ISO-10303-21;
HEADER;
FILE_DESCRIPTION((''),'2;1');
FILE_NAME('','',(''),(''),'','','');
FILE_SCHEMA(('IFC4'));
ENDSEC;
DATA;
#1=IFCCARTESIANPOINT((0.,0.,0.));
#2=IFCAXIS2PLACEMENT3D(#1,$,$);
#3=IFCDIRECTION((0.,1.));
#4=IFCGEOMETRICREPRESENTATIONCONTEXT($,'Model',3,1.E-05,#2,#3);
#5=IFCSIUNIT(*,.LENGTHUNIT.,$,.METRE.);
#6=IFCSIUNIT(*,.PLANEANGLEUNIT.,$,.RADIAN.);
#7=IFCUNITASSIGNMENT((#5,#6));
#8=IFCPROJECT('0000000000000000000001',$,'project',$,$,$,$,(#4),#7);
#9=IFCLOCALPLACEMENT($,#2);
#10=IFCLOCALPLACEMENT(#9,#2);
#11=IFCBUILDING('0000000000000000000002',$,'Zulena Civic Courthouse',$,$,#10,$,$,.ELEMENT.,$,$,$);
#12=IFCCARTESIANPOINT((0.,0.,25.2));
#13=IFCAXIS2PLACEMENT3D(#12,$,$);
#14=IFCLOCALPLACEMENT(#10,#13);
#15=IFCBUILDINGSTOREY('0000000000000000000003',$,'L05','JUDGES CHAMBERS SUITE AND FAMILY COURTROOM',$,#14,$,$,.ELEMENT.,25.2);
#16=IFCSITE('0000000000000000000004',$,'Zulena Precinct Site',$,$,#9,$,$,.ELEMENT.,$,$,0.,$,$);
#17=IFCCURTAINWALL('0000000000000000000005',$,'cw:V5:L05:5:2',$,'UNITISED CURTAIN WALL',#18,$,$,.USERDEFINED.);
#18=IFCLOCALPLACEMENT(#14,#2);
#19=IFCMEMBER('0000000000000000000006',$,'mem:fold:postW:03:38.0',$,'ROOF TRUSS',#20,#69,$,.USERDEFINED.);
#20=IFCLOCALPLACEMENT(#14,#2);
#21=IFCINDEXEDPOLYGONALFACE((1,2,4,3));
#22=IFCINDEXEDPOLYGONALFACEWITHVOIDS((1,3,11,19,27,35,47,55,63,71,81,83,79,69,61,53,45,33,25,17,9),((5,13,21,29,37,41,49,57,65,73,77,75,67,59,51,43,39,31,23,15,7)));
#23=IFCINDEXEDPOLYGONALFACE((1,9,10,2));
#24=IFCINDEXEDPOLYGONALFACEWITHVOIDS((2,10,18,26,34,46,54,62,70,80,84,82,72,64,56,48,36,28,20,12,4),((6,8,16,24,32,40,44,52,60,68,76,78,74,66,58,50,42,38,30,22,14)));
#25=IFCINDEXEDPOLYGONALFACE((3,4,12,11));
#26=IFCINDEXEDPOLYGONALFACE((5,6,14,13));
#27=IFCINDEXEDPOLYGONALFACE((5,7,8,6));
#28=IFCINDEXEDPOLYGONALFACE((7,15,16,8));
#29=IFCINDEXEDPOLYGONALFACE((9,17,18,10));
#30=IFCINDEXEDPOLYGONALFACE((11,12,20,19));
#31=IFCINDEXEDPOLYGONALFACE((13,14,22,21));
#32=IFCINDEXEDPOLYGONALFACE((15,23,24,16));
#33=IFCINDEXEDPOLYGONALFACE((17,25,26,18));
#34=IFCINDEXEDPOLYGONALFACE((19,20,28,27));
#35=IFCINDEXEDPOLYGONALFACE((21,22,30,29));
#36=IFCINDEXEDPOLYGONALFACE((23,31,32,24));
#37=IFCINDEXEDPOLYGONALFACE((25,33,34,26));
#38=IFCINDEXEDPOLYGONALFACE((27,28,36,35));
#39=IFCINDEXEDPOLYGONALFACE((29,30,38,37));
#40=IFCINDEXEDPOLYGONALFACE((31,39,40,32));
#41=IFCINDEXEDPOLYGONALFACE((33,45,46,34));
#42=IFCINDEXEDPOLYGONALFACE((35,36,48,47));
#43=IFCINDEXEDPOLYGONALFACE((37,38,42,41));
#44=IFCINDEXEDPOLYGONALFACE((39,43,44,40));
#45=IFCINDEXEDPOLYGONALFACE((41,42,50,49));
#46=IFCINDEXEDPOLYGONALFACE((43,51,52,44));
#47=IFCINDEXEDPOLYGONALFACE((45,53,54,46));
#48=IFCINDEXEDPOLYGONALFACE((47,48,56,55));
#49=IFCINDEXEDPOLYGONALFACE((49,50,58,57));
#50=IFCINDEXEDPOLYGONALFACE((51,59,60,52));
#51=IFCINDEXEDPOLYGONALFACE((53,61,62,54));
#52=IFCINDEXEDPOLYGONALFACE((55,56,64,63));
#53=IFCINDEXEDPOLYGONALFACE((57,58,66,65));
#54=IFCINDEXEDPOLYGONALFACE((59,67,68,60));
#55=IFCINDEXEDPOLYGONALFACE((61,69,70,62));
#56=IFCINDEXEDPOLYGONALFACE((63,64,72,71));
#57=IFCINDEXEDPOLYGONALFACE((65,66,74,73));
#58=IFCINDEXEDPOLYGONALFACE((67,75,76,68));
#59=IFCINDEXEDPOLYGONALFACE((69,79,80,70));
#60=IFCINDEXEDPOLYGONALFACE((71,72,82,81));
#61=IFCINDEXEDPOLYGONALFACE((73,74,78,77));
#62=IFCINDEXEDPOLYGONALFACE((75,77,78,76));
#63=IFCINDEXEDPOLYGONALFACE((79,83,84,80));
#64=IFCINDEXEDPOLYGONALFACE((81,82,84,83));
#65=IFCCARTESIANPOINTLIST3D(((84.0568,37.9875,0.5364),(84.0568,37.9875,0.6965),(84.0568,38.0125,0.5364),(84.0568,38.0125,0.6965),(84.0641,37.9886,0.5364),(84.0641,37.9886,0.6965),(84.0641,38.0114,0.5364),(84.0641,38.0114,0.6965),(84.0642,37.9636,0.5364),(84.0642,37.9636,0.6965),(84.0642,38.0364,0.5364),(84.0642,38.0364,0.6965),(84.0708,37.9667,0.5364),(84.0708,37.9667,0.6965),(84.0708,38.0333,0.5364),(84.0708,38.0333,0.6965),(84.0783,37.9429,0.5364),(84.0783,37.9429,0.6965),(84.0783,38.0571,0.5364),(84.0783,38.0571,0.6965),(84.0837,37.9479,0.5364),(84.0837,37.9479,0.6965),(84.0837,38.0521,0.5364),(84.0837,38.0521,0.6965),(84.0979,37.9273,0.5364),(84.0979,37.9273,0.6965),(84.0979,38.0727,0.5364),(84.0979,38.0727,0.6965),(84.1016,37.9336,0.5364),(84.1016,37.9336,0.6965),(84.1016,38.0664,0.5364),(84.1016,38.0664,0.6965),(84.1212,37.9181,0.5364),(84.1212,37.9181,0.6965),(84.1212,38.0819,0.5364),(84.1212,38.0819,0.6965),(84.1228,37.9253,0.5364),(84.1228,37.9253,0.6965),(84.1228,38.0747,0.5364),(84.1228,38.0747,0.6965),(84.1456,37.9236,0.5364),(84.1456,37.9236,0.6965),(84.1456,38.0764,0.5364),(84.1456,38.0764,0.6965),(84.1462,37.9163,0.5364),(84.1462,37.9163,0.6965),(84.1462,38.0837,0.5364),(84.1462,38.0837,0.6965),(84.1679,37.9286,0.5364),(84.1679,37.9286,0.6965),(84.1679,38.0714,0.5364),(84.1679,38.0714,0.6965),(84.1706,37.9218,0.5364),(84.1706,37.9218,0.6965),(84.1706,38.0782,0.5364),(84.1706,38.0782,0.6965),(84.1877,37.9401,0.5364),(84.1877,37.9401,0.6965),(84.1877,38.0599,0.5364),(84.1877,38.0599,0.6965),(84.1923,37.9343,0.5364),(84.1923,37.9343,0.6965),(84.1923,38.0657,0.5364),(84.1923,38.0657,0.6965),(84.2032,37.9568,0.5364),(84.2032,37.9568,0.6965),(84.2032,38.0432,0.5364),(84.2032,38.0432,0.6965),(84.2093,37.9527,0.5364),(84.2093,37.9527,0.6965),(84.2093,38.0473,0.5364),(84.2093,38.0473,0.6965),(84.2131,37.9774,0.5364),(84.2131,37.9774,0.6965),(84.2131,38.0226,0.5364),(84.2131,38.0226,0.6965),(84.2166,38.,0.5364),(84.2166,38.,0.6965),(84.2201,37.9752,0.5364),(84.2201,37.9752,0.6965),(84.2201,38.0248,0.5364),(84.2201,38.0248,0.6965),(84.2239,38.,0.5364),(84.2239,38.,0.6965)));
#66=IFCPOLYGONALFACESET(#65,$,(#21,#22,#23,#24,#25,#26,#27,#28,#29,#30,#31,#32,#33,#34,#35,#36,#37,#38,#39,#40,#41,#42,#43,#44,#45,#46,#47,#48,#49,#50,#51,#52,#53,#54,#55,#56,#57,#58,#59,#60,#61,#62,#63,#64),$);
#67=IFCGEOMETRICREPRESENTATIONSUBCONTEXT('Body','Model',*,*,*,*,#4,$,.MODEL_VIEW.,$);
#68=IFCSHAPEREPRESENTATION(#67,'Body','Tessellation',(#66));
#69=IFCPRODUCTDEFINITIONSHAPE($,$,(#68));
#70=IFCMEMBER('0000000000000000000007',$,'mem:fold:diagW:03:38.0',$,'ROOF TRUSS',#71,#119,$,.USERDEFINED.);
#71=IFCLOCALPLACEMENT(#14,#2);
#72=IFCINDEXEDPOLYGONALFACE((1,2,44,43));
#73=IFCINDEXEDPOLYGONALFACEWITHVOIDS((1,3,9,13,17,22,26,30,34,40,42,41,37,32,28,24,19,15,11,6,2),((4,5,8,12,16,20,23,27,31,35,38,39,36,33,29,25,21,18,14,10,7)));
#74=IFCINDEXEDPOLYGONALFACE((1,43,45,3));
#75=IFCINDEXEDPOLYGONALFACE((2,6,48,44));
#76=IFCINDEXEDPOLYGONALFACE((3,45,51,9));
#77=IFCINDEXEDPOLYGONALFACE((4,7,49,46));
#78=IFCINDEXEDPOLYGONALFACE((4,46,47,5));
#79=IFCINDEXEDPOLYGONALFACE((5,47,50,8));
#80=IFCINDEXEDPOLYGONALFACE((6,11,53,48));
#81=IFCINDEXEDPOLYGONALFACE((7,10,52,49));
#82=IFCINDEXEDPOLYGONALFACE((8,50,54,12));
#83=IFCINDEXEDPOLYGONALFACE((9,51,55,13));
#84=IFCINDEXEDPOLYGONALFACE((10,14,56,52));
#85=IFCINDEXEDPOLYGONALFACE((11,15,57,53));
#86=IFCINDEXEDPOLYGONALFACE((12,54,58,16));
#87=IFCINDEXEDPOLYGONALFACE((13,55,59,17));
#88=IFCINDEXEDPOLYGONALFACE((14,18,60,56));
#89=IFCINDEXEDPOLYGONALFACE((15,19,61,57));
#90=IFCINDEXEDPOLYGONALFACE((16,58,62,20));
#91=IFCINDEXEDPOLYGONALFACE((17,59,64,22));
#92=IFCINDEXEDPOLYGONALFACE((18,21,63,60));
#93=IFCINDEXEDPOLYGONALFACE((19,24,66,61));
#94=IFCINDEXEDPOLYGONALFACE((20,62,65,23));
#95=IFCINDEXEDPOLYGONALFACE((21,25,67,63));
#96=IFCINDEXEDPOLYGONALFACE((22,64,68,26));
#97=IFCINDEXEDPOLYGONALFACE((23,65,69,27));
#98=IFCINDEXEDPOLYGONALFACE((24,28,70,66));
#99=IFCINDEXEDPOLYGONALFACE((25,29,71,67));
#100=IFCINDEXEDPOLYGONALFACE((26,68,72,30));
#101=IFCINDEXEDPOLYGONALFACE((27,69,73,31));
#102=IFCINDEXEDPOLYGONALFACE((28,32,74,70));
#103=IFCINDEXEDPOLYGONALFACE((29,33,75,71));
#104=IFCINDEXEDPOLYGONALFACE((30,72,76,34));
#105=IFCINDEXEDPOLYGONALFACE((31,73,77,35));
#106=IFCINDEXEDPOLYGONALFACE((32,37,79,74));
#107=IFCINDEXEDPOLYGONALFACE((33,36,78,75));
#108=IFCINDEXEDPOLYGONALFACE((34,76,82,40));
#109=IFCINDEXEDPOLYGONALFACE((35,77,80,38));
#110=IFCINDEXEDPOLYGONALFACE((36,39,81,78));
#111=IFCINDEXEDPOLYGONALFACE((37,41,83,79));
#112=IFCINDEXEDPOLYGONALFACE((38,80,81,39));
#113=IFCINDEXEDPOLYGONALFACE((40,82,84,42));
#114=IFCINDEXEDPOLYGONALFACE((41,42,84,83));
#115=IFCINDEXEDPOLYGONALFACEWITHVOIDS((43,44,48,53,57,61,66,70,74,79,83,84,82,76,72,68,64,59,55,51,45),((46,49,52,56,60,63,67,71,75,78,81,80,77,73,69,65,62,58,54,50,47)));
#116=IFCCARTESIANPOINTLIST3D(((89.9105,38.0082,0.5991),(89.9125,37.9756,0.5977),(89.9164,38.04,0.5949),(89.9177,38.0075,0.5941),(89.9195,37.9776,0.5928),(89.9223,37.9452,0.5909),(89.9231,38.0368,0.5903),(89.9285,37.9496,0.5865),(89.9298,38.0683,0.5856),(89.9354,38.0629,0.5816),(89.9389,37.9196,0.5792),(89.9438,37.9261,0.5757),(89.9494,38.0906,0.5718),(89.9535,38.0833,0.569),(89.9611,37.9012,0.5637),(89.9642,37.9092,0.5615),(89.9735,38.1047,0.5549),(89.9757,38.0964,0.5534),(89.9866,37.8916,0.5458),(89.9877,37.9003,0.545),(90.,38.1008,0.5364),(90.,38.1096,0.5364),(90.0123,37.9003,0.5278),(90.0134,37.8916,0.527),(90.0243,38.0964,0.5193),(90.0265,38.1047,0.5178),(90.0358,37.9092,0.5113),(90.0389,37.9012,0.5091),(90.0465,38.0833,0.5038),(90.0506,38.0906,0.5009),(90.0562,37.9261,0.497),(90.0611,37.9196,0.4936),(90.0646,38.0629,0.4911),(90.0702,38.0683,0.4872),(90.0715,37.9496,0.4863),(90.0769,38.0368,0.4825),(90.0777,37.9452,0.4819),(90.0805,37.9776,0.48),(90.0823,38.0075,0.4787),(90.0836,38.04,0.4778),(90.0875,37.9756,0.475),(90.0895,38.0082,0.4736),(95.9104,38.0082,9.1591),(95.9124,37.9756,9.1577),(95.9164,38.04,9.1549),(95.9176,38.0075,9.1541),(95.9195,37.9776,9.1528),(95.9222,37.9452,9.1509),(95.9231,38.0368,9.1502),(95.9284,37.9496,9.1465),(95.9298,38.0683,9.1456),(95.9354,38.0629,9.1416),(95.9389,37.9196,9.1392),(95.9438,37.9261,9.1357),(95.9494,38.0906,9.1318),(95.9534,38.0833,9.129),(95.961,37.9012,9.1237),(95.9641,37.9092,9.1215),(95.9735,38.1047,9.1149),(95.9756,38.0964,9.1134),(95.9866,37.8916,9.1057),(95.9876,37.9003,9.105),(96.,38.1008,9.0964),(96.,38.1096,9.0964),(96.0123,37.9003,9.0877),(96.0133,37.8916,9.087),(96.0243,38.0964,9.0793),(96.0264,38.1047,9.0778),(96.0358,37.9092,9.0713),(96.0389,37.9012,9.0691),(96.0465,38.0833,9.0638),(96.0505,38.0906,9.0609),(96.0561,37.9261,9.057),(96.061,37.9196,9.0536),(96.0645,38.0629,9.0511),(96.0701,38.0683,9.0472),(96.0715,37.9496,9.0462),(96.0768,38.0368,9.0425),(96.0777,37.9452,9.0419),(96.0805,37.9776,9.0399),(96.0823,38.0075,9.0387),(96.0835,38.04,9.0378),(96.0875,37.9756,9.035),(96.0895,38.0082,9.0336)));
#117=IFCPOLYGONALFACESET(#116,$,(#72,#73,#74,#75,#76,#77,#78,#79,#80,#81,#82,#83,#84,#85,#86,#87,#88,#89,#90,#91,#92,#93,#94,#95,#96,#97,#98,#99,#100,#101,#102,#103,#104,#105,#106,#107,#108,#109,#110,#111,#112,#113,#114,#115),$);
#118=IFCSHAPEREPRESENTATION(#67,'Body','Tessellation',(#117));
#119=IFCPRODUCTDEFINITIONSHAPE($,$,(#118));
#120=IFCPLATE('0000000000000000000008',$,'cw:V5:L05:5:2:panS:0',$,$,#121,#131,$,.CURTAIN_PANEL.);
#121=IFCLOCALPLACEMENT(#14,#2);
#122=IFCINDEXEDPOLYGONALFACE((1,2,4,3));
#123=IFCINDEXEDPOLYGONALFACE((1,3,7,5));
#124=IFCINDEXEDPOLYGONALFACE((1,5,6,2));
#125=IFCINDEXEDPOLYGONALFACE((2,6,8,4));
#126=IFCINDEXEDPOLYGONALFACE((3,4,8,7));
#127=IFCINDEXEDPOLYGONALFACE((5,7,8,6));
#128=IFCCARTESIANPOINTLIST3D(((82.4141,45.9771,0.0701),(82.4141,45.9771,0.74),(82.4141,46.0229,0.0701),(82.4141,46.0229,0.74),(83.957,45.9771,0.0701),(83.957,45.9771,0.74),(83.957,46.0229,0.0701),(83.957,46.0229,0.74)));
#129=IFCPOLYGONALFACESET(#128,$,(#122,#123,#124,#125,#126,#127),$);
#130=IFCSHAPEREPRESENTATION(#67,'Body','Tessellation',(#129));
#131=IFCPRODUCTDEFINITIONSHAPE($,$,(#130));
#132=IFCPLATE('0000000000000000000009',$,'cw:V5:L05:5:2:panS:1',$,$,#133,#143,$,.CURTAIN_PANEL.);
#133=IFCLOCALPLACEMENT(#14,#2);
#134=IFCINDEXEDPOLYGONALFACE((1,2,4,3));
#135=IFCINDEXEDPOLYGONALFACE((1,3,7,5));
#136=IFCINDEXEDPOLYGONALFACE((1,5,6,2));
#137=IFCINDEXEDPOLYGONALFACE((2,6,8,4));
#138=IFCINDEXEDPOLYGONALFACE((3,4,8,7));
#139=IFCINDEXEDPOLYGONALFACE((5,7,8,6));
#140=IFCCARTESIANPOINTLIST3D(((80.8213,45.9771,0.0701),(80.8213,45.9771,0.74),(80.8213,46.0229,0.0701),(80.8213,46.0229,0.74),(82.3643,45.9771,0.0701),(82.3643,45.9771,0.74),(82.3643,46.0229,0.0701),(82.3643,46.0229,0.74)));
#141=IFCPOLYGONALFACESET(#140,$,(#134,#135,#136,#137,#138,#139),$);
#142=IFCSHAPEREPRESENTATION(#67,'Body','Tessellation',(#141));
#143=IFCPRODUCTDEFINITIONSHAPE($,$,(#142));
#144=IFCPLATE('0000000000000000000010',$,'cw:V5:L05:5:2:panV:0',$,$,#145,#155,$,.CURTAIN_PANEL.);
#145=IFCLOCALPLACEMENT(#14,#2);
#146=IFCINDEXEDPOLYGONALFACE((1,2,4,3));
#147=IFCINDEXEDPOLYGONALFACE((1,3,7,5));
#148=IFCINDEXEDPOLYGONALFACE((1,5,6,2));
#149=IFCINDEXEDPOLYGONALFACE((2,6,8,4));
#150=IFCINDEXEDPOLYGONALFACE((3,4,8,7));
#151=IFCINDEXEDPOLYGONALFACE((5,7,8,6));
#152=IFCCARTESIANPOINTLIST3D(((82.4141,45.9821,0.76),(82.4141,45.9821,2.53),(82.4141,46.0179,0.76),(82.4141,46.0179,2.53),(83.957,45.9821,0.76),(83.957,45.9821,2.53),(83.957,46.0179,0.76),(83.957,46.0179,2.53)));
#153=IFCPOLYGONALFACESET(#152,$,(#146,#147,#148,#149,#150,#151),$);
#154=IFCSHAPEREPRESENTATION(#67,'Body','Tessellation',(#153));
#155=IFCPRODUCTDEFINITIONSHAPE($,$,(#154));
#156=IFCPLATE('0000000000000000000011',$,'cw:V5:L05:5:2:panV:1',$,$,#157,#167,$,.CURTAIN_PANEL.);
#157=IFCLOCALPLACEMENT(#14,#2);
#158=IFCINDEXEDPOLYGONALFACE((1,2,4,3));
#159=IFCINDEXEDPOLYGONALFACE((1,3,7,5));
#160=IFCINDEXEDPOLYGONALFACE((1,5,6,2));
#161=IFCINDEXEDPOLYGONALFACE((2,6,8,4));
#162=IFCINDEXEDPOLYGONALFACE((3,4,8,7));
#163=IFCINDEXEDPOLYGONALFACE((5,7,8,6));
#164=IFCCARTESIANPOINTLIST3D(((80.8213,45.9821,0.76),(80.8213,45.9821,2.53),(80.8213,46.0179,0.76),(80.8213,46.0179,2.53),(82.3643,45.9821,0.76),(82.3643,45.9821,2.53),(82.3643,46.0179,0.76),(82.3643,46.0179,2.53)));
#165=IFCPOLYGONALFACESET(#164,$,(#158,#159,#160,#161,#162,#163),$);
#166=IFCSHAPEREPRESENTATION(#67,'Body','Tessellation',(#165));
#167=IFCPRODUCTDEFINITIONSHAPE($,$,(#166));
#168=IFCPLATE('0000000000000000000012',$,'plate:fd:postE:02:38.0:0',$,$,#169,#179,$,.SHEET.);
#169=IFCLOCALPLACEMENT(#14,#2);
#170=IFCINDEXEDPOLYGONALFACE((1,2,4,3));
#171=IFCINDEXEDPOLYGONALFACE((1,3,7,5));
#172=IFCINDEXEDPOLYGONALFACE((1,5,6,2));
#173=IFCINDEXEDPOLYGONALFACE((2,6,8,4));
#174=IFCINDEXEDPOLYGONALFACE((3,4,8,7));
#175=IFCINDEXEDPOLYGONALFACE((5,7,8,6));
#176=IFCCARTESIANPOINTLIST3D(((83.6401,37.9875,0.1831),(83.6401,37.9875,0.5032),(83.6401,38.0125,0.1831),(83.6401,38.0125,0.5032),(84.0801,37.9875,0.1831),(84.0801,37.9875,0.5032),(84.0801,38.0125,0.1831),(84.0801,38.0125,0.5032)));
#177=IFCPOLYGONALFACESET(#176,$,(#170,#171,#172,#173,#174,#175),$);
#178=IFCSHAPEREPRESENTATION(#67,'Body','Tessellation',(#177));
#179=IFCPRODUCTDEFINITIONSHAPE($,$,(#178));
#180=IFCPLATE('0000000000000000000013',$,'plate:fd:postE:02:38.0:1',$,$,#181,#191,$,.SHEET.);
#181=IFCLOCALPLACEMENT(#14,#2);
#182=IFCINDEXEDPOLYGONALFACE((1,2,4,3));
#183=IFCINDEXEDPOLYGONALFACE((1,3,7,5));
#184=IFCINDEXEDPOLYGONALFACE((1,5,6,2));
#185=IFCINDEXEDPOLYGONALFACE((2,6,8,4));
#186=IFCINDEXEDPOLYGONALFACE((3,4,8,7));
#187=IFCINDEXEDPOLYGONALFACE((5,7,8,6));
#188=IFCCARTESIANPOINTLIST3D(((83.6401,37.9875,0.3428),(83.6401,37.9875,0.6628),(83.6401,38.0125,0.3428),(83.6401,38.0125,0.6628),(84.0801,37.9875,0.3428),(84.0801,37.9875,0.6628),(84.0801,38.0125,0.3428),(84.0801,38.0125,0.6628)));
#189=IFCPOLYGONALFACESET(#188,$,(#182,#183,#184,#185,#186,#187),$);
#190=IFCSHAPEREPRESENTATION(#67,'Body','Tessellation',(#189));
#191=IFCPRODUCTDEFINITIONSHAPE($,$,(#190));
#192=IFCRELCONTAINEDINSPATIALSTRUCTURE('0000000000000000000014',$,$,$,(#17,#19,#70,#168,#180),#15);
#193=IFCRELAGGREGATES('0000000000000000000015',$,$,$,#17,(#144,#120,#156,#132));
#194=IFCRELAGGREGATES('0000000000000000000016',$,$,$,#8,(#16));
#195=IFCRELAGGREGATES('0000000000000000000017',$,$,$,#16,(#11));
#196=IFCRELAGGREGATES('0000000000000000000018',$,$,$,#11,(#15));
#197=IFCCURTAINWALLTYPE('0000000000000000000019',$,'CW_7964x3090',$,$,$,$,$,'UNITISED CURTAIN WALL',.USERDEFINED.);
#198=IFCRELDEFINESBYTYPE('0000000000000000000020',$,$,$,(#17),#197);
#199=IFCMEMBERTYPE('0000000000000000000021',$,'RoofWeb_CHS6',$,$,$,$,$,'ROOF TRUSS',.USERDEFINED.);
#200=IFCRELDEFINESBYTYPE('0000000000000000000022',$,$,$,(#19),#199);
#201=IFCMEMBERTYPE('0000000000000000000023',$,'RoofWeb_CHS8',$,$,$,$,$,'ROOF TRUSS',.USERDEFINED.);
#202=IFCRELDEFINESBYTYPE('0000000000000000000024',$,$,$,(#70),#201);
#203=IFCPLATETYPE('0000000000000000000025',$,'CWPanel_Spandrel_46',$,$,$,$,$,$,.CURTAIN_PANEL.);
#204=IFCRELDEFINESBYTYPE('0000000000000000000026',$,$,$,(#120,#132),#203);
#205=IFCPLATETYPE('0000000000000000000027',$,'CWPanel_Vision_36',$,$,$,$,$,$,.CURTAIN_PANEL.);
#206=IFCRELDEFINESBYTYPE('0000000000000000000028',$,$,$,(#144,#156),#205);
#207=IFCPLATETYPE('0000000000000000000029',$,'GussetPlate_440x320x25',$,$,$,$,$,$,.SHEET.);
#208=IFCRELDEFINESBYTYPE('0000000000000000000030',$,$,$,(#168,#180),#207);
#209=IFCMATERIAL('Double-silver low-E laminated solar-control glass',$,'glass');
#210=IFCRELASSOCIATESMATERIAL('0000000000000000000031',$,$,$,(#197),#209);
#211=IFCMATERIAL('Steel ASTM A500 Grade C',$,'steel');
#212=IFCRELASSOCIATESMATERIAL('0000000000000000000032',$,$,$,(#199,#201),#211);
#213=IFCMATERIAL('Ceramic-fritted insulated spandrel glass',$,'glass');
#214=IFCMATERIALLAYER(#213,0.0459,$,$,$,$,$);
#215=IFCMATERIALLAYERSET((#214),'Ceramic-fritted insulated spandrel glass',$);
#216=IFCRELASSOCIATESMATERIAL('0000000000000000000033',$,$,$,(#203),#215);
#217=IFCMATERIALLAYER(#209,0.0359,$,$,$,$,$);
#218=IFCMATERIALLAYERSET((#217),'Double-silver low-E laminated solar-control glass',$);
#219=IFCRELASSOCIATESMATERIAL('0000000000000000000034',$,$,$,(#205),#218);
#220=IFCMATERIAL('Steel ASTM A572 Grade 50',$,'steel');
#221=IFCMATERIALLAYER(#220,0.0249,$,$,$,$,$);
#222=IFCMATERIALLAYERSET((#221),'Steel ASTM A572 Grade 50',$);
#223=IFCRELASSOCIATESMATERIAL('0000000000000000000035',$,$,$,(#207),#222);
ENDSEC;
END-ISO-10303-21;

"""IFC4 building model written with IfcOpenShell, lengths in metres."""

from ifc_helpers import new_model, si_unit, direction, frame, origin, origin_2d, place, context, subcontext, project, spatial, rectangle, hollow_circle, extrude, material, layer, layer_set, material_profile, profile_set, type_object, element, aggregate, save


model = new_model("IFC4")

# Units and contexts
model_context = context("Model", 3, precision=1e-05, world=origin(), true_north=direction((0.0, 1.0)))
body_context = subcontext(model_context, "Body", "Model", "MODEL_VIEW")
ifc_project = project(units=[si_unit("LENGTHUNIT", "METRE"), si_unit("PLANEANGLEUNIT", "RADIAN")], contexts=[model_context])

# Site, building, storey
site_placement = place(None, origin())
site = spatial("IfcSite", under=ifc_project, at=site_placement, Name="Zulena Precinct Site", CompositionType="ELEMENT", RefElevation=0.0)
building_placement = place(site_placement, origin())
building = spatial("IfcBuilding", under=site, at=building_placement, Name="Zulena Civic Courthouse", CompositionType="ELEMENT")
storey_placement = place(building_placement, frame((0.0, 0.0, 25.2)))
storey = spatial("IfcBuildingStorey", under=building, at=storey_placement, Name="L05", Description="JUDGES CHAMBERS SUITE AND FAMILY COURTROOM", CompositionType="ELEMENT", Elevation=25.2)

# Curtain wall
ifc_material_1 = material(Name="Double-silver low-E laminated solar-control glass", Category="glass")
curtain_wall_type = type_object("IfcCurtainWallType", Name="CW_7964x3090", ElementType="UNITISED CURTAIN WALL", PredefinedType="USERDEFINED", material=ifc_material_1)
curtain_wall_placement = place(storey_placement, origin())
curtain_wall = element("IfcCurtainWall", 1, at=curtain_wall_placement, inside=storey, type_object=curtain_wall_type, Name="cw:V5:L05:5:2", ObjectType="UNITISED CURTAIN WALL", PredefinedType="USERDEFINED")

# Members
ifc_material_2 = material(Name="Steel ASTM A500 Grade C", Category="steel")
ifc_material_profile_1 = material_profile(ifc_material_2, hollow_circle(Radius=0.084, WallThickness=0.0073, at=origin_2d()), Name="HSS6.625X0.312")
ifc_profile_set_1 = profile_set([ifc_material_profile_1], Name="Steel ASTM A500 Grade C")
member_type_1 = type_object("IfcMemberType", Name="RoofWeb_CHS6", ElementType="ROOF TRUSS", PredefinedType="USERDEFINED", material=ifc_profile_set_1)
member_1_placement = place(storey_placement, frame((84.1399, 38.0, 0.5364), z_axis=(0.0, 0.0, 1.0), x_axis=(1.0, 0.0, 0.0)))
element("IfcMember", 2, at=member_1_placement, inside=storey, type_object=member_type_1, Name="mem:fold:postW:03:38.0", ObjectType="ROOF TRUSS", PredefinedType="USERDEFINED", context=body_context, shape_type="SweptSolid", body=[
    extrude(hollow_circle(Radius=0.084, WallThickness=0.0073, at=origin_2d()), origin(), (0.0, 0.0, 1.0), 0.1602),
])
ifc_material_profile_2 = material_profile(ifc_material_2, hollow_circle(Radius=0.1096, WallThickness=0.0088, at=origin_2d()), Name="HSS8.625X0.375")
ifc_profile_set_2 = profile_set([ifc_material_profile_2], Name="Steel ASTM A500 Grade C")
member_type_2 = type_object("IfcMemberType", Name="RoofWeb_CHS8", ElementType="ROOF TRUSS", PredefinedType="USERDEFINED", material=ifc_profile_set_2)
member_2_placement = place(storey_placement, frame((90.0, 38.0, 0.5364), z_axis=(0.573973, 0.0, 0.818874), x_axis=(0.0, 1.0, 0.0)))
element("IfcMember", 3, at=member_2_placement, inside=storey, type_object=member_type_2, Name="mem:fold:diagW:03:38.0", ObjectType="ROOF TRUSS", PredefinedType="USERDEFINED", context=body_context, shape_type="SweptSolid", body=[
    extrude(hollow_circle(Radius=0.1096, WallThickness=0.0088, at=origin_2d()), origin(), (0.0, 0.0, 1.0), 10.4534),
])

# Plates
ifc_material_3 = material(Name="Ceramic-fritted insulated spandrel glass", Category="glass")
ifc_layer_1 = layer(ifc_material_3, 0.0459)
ifc_layer_set_1 = layer_set([ifc_layer_1], Name="Ceramic-fritted insulated spandrel glass")
plate_type_1 = type_object("IfcPlateType", Name="CWPanel_Spandrel_46", PredefinedType="CURTAIN_PANEL", material=ifc_layer_set_1)
plate_1_placement = place(storey_placement, frame((83.1855, 46.0, 0.0701), z_axis=(0.0, 0.0, 1.0), x_axis=(-1.0, 0.0, 0.0)))
plate_1 = element("IfcPlate", 4, at=plate_1_placement, type_object=plate_type_1, Name="cw:V5:L05:5:2:panS:0", PredefinedType="CURTAIN_PANEL", context=body_context, shape_type="SweptSolid", body=[
    extrude(rectangle(XDim=1.543, YDim=0.0459, at=origin_2d()), origin(), (0.0, 0.0, 1.0), 0.6699),
])
plate_2_placement = place(storey_placement, frame((81.5928, 46.0, 0.0701), z_axis=(0.0, 0.0, 1.0), x_axis=(-1.0, 0.0, 0.0)))
plate_2 = element("IfcPlate", 5, at=plate_2_placement, type_object=plate_type_1, Name="cw:V5:L05:5:2:panS:1", PredefinedType="CURTAIN_PANEL", context=body_context, shape_type="SweptSolid", body=[
    extrude(rectangle(XDim=1.543, YDim=0.0459, at=origin_2d()), origin(), (0.0, 0.0, 1.0), 0.6699),
])
ifc_layer_2 = layer(ifc_material_1, 0.0359)
ifc_layer_set_2 = layer_set([ifc_layer_2], Name="Double-silver low-E laminated solar-control glass")
plate_type_2 = type_object("IfcPlateType", Name="CWPanel_Vision_36", PredefinedType="CURTAIN_PANEL", material=ifc_layer_set_2)
plate_3_placement = place(storey_placement, frame((83.1855, 46.0, 0.76), z_axis=(0.0, 0.0, 1.0), x_axis=(-1.0, 0.0, 0.0)))
plate_3 = element("IfcPlate", 6, at=plate_3_placement, type_object=plate_type_2, Name="cw:V5:L05:5:2:panV:0", PredefinedType="CURTAIN_PANEL", context=body_context, shape_type="SweptSolid", body=[
    extrude(rectangle(XDim=1.543, YDim=0.0359, at=origin_2d()), origin(), (0.0, 0.0, 1.0), 1.77),
])
plate_4_placement = place(storey_placement, frame((81.5928, 46.0, 0.76), z_axis=(0.0, 0.0, 1.0), x_axis=(-1.0, 0.0, 0.0)))
plate_4 = element("IfcPlate", 7, at=plate_4_placement, type_object=plate_type_2, Name="cw:V5:L05:5:2:panV:1", PredefinedType="CURTAIN_PANEL", context=body_context, shape_type="SweptSolid", body=[
    extrude(rectangle(XDim=1.543, YDim=0.0359, at=origin_2d()), origin(), (0.0, 0.0, 1.0), 1.77),
])
aggregate(curtain_wall, [plate_3, plate_1, plate_4, plate_2])

# Plates
ifc_material_4 = material(Name="Steel ASTM A572 Grade 50", Category="steel")
ifc_layer_3 = layer(ifc_material_4, 0.0249)
ifc_layer_set_3 = layer_set([ifc_layer_3], Name="Steel ASTM A572 Grade 50")
plate_type_3 = type_object("IfcPlateType", Name="GussetPlate_440x320x25", PredefinedType="SHEET", material=ifc_layer_set_3)
for number, where, z_axis, x_axis, name in (
    (8, (83.8601, 38.0, 0.1831), (0.0, 0.0, 1.0), (1.0, 0.0, 0.0), "plate:fd:postE:02:38.0:0"),
    (9, (83.8601, 38.0, 0.3428), (0.0, 0.0, 1.0), (1.0, 0.0, 0.0), "plate:fd:postE:02:38.0:1"),
):
    element("IfcPlate", number, at=place(storey_placement, frame(where, z_axis=z_axis, x_axis=x_axis)), inside=storey, type_object=plate_type_3, Name=name, PredefinedType="SHEET", context=body_context, shape_type="SweptSolid", body=[
        extrude(rectangle(XDim=0.4399, YDim=0.0249, at=origin_2d()), origin(), (0.0, 0.0, 1.0), 0.3201),
    ])

save(model, "model.ifc")
